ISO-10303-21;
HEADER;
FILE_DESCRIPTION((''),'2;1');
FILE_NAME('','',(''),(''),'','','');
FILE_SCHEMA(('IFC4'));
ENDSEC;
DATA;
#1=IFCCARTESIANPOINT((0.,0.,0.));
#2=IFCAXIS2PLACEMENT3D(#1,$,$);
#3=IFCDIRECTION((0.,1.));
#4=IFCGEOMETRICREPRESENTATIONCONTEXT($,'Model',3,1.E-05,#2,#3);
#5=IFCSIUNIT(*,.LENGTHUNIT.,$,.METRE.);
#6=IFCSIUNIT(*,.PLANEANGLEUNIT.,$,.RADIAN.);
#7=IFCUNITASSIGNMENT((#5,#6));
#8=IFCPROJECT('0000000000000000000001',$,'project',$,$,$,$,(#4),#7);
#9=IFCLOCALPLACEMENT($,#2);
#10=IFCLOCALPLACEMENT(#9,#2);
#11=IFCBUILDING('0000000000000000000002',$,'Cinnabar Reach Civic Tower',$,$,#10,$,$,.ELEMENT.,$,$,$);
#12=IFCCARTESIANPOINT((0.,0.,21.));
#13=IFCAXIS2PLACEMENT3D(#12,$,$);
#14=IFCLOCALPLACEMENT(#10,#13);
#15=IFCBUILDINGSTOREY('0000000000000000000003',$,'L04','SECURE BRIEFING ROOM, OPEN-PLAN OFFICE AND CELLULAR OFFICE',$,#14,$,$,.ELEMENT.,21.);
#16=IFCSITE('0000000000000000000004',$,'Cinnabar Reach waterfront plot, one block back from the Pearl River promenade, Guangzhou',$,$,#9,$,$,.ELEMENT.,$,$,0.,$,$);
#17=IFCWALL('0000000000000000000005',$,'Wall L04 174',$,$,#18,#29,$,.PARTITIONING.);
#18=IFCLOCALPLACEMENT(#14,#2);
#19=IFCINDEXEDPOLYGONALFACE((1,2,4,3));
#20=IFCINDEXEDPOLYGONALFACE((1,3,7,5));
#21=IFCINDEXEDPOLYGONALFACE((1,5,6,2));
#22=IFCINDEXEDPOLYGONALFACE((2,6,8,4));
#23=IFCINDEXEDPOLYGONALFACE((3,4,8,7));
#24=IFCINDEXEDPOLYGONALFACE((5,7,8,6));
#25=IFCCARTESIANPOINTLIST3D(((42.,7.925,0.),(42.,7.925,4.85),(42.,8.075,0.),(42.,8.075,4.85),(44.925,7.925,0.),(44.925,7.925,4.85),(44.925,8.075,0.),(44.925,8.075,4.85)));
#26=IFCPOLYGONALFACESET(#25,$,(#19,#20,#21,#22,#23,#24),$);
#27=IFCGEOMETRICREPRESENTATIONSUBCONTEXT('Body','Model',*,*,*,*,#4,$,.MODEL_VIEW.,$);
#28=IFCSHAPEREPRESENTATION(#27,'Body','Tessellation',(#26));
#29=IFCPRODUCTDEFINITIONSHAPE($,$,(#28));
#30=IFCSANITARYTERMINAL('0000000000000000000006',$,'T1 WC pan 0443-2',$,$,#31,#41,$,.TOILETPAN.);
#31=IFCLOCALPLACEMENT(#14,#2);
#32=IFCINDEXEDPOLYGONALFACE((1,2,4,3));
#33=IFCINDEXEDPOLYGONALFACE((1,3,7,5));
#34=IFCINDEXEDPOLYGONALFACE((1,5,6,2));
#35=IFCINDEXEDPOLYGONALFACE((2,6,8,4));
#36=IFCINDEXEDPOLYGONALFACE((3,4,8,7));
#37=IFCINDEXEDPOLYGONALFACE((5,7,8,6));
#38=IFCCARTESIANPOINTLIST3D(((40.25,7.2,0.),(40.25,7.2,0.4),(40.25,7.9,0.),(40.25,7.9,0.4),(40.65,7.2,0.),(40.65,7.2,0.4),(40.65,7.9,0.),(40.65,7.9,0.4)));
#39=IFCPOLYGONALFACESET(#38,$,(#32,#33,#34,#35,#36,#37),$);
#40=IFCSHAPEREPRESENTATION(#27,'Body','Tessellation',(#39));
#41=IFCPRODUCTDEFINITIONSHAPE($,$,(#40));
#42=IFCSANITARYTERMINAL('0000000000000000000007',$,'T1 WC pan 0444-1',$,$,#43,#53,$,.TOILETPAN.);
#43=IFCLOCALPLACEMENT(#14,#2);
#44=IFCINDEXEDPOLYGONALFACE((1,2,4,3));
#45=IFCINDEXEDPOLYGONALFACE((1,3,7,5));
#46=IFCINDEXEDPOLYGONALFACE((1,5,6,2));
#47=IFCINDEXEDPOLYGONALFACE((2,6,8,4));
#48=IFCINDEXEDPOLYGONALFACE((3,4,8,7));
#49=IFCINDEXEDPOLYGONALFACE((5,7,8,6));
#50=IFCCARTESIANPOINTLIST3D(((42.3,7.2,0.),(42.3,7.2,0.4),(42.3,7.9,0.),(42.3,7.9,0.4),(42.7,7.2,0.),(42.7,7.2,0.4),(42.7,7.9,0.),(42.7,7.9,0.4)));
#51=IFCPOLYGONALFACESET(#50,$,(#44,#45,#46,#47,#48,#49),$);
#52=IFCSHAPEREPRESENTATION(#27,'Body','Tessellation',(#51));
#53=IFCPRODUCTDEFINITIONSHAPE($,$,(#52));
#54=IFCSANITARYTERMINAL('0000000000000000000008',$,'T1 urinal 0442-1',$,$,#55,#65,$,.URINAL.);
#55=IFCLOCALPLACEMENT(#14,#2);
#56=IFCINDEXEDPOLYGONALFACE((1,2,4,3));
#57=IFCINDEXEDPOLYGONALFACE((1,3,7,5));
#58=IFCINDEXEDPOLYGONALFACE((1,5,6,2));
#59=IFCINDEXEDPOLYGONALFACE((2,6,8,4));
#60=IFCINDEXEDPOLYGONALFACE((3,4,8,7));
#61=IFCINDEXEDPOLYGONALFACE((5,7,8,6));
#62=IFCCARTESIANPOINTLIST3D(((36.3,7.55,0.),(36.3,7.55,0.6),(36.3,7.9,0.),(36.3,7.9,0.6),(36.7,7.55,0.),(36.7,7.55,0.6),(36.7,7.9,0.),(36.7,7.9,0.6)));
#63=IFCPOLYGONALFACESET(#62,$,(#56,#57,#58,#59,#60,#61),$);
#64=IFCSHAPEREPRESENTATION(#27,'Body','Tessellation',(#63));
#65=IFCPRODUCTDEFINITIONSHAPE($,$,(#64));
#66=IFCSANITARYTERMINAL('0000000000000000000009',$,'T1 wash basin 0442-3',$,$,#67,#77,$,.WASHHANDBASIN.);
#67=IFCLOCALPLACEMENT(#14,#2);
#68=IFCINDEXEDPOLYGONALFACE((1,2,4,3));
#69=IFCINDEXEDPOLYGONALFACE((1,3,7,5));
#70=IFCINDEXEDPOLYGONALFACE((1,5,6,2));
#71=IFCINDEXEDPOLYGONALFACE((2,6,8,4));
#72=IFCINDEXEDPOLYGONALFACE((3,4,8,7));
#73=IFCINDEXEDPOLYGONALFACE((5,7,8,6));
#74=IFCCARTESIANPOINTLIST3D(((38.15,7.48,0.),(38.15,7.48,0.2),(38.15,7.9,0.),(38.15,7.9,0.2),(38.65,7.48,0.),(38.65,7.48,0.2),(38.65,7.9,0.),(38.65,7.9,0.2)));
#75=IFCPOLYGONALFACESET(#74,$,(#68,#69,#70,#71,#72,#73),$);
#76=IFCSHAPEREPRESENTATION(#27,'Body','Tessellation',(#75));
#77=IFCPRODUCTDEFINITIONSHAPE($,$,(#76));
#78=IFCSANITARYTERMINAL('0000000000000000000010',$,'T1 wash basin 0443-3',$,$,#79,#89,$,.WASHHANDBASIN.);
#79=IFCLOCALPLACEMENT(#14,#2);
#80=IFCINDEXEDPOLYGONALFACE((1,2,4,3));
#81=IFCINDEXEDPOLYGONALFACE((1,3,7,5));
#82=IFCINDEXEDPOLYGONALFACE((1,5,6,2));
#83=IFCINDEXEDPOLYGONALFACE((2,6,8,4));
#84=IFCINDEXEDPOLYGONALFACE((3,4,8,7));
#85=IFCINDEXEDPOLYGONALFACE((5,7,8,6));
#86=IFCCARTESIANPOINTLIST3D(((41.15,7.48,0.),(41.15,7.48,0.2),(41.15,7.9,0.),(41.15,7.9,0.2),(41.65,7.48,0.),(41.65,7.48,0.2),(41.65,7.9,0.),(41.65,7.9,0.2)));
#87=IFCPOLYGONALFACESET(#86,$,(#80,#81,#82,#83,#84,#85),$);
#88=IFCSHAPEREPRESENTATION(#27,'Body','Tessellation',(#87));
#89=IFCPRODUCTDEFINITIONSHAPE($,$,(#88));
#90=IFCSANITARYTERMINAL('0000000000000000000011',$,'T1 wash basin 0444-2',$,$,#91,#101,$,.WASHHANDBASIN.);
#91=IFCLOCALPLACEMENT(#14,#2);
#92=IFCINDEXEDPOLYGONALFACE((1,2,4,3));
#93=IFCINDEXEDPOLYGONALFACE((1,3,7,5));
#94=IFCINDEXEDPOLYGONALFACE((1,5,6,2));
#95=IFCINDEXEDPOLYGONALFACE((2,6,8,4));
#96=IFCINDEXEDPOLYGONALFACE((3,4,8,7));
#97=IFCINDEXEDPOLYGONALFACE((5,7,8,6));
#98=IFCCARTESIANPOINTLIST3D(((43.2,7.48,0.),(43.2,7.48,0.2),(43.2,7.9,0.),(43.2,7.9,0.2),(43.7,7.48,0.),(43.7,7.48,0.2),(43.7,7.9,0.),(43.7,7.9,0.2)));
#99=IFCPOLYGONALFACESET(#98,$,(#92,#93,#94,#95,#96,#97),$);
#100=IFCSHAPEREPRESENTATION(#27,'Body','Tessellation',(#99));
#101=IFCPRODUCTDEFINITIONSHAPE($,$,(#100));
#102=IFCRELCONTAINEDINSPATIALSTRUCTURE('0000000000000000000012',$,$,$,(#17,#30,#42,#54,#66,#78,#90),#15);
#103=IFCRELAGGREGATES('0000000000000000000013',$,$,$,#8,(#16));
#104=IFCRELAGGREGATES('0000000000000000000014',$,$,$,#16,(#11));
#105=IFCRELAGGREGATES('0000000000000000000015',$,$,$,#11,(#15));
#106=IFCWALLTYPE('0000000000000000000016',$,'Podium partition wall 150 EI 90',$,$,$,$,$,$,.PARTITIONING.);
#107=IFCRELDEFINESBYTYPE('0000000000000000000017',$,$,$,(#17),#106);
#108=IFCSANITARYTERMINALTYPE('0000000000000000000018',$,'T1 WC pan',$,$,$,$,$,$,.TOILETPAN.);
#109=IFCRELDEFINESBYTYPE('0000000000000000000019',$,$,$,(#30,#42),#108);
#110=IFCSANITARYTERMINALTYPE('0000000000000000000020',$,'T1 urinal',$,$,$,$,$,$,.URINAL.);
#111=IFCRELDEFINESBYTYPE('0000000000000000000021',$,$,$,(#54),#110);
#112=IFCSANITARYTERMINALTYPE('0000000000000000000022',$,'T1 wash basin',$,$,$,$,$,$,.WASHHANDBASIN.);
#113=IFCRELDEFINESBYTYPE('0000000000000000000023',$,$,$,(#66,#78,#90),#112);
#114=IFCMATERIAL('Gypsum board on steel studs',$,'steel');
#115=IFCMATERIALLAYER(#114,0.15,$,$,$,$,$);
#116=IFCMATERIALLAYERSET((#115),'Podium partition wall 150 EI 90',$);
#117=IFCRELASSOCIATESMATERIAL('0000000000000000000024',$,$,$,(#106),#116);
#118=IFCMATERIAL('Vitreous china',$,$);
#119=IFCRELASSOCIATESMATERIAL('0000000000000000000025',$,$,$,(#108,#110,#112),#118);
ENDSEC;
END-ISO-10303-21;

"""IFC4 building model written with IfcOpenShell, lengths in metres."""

from ifc_helpers import new_model, si_unit, direction, frame, frame_2d, origin, origin_2d, place, context, subcontext, project, spatial, rectangle, extrude, material, layer, layer_set, type_object, element, save


model = new_model("IFC4")

# Units and contexts
model_context = context("Model", 3, precision=1e-05, world=origin(), true_north=direction((0.0, 1.0)))
body_context = subcontext(model_context, "Body", "Model", "MODEL_VIEW")
ifc_project = project(units=[si_unit("LENGTHUNIT", "METRE"), si_unit("PLANEANGLEUNIT", "RADIAN")], contexts=[model_context])

# Site, building, storey
site_placement = place(None, origin())
site = spatial("IfcSite", under=ifc_project, at=site_placement, Name="Cinnabar Reach waterfront plot, one block back from the Pearl River promenade, Guangzhou", CompositionType="ELEMENT", RefElevation=0.0)
building_placement = place(site_placement, origin())
building = spatial("IfcBuilding", under=site, at=building_placement, Name="Cinnabar Reach Civic Tower", CompositionType="ELEMENT")
storey_placement = place(building_placement, frame((0.0, 0.0, 21.0)))
storey = spatial("IfcBuildingStorey", under=building, at=storey_placement, Name="L04", Description="SECURE BRIEFING ROOM, OPEN-PLAN OFFICE AND CELLULAR OFFICE", CompositionType="ELEMENT", Elevation=21.0)

# Wall
ifc_material_1 = material(Name="Gypsum board on steel studs", Category="steel")
ifc_layer_1 = layer(ifc_material_1, 0.15)
ifc_layer_set_1 = layer_set([ifc_layer_1], Name="Podium partition wall 150 EI 90")
wall_type_1 = type_object("IfcWallType", Name="Podium partition wall 150 EI 90", PredefinedType="PARTITIONING", material=ifc_layer_set_1)
wall_1_placement = place(storey_placement, frame((42.0, 8.0, 0.0), z_axis=(0.0, 0.0, 1.0), x_axis=(1.0, 0.0, 0.0)))
element("IfcWall", 1, at=wall_1_placement, inside=storey, type_object=wall_type_1, Name="Wall L04 174", PredefinedType="PARTITIONING", context=body_context, shape_type="SweptSolid", body=[
    extrude(rectangle(XDim=2.925, YDim=0.15, at=frame_2d((1.4625, 0.0))), origin(), (0.0, 0.0, 1.0), 4.85),
])

# Sanitary terminals
ifc_material_2 = material(Name="Vitreous china")
sanitary_terminal_type_1 = type_object("IfcSanitaryTerminalType", Name="T1 WC pan", PredefinedType="TOILETPAN", material=ifc_material_2)
for number, where, z_axis, x_axis, name in (
    (2, (40.45, 7.55, 0.0), (0.0, 0.0, 1.0), (1.0, 0.0, 0.0), "T1 WC pan 0443-2"),
    (3, (42.5, 7.55, 0.0), (0.0, 0.0, 1.0), (1.0, 0.0, 0.0), "T1 WC pan 0444-1"),
):
    element("IfcSanitaryTerminal", number, at=place(storey_placement, frame(where, z_axis=z_axis, x_axis=x_axis)), inside=storey, type_object=sanitary_terminal_type_1, Name=name, PredefinedType="TOILETPAN", context=body_context, shape_type="SweptSolid", body=[
        extrude(rectangle(XDim=0.4, YDim=0.7, at=origin_2d()), origin(), (0.0, 0.0, 1.0), 0.4),
    ])
sanitary_terminal_type_2 = type_object("IfcSanitaryTerminalType", Name="T1 urinal", PredefinedType="URINAL", material=ifc_material_2)
sanitary_terminal_placement = place(storey_placement, frame((36.5, 7.725, 0.0), z_axis=(0.0, 0.0, 1.0), x_axis=(1.0, 0.0, 0.0)))
element("IfcSanitaryTerminal", 4, at=sanitary_terminal_placement, inside=storey, type_object=sanitary_terminal_type_2, Name="T1 urinal 0442-1", PredefinedType="URINAL", context=body_context, shape_type="SweptSolid", body=[
    extrude(rectangle(XDim=0.4, YDim=0.35, at=origin_2d()), origin(), (0.0, 0.0, 1.0), 0.6),
])
sanitary_terminal_type_3 = type_object("IfcSanitaryTerminalType", Name="T1 wash basin", PredefinedType="WASHHANDBASIN", material=ifc_material_2)
for number, where, z_axis, x_axis, name in (
    (5, (38.4, 7.69, 0.0), (0.0, 0.0, 1.0), (1.0, 0.0, 0.0), "T1 wash basin 0442-3"),
    (6, (41.4, 7.69, 0.0), (0.0, 0.0, 1.0), (1.0, 0.0, 0.0), "T1 wash basin 0443-3"),
    (7, (43.45, 7.69, 0.0), (0.0, 0.0, 1.0), (1.0, 0.0, 0.0), "T1 wash basin 0444-2"),
):
    element("IfcSanitaryTerminal", number, at=place(storey_placement, frame(where, z_axis=z_axis, x_axis=x_axis)), inside=storey, type_object=sanitary_terminal_type_3, Name=name, PredefinedType="WASHHANDBASIN", context=body_context, shape_type="SweptSolid", body=[
        extrude(rectangle(XDim=0.5, YDim=0.42, at=origin_2d()), origin(), (0.0, 0.0, 1.0), 0.2),
    ])

save(model, "model.ifc")
